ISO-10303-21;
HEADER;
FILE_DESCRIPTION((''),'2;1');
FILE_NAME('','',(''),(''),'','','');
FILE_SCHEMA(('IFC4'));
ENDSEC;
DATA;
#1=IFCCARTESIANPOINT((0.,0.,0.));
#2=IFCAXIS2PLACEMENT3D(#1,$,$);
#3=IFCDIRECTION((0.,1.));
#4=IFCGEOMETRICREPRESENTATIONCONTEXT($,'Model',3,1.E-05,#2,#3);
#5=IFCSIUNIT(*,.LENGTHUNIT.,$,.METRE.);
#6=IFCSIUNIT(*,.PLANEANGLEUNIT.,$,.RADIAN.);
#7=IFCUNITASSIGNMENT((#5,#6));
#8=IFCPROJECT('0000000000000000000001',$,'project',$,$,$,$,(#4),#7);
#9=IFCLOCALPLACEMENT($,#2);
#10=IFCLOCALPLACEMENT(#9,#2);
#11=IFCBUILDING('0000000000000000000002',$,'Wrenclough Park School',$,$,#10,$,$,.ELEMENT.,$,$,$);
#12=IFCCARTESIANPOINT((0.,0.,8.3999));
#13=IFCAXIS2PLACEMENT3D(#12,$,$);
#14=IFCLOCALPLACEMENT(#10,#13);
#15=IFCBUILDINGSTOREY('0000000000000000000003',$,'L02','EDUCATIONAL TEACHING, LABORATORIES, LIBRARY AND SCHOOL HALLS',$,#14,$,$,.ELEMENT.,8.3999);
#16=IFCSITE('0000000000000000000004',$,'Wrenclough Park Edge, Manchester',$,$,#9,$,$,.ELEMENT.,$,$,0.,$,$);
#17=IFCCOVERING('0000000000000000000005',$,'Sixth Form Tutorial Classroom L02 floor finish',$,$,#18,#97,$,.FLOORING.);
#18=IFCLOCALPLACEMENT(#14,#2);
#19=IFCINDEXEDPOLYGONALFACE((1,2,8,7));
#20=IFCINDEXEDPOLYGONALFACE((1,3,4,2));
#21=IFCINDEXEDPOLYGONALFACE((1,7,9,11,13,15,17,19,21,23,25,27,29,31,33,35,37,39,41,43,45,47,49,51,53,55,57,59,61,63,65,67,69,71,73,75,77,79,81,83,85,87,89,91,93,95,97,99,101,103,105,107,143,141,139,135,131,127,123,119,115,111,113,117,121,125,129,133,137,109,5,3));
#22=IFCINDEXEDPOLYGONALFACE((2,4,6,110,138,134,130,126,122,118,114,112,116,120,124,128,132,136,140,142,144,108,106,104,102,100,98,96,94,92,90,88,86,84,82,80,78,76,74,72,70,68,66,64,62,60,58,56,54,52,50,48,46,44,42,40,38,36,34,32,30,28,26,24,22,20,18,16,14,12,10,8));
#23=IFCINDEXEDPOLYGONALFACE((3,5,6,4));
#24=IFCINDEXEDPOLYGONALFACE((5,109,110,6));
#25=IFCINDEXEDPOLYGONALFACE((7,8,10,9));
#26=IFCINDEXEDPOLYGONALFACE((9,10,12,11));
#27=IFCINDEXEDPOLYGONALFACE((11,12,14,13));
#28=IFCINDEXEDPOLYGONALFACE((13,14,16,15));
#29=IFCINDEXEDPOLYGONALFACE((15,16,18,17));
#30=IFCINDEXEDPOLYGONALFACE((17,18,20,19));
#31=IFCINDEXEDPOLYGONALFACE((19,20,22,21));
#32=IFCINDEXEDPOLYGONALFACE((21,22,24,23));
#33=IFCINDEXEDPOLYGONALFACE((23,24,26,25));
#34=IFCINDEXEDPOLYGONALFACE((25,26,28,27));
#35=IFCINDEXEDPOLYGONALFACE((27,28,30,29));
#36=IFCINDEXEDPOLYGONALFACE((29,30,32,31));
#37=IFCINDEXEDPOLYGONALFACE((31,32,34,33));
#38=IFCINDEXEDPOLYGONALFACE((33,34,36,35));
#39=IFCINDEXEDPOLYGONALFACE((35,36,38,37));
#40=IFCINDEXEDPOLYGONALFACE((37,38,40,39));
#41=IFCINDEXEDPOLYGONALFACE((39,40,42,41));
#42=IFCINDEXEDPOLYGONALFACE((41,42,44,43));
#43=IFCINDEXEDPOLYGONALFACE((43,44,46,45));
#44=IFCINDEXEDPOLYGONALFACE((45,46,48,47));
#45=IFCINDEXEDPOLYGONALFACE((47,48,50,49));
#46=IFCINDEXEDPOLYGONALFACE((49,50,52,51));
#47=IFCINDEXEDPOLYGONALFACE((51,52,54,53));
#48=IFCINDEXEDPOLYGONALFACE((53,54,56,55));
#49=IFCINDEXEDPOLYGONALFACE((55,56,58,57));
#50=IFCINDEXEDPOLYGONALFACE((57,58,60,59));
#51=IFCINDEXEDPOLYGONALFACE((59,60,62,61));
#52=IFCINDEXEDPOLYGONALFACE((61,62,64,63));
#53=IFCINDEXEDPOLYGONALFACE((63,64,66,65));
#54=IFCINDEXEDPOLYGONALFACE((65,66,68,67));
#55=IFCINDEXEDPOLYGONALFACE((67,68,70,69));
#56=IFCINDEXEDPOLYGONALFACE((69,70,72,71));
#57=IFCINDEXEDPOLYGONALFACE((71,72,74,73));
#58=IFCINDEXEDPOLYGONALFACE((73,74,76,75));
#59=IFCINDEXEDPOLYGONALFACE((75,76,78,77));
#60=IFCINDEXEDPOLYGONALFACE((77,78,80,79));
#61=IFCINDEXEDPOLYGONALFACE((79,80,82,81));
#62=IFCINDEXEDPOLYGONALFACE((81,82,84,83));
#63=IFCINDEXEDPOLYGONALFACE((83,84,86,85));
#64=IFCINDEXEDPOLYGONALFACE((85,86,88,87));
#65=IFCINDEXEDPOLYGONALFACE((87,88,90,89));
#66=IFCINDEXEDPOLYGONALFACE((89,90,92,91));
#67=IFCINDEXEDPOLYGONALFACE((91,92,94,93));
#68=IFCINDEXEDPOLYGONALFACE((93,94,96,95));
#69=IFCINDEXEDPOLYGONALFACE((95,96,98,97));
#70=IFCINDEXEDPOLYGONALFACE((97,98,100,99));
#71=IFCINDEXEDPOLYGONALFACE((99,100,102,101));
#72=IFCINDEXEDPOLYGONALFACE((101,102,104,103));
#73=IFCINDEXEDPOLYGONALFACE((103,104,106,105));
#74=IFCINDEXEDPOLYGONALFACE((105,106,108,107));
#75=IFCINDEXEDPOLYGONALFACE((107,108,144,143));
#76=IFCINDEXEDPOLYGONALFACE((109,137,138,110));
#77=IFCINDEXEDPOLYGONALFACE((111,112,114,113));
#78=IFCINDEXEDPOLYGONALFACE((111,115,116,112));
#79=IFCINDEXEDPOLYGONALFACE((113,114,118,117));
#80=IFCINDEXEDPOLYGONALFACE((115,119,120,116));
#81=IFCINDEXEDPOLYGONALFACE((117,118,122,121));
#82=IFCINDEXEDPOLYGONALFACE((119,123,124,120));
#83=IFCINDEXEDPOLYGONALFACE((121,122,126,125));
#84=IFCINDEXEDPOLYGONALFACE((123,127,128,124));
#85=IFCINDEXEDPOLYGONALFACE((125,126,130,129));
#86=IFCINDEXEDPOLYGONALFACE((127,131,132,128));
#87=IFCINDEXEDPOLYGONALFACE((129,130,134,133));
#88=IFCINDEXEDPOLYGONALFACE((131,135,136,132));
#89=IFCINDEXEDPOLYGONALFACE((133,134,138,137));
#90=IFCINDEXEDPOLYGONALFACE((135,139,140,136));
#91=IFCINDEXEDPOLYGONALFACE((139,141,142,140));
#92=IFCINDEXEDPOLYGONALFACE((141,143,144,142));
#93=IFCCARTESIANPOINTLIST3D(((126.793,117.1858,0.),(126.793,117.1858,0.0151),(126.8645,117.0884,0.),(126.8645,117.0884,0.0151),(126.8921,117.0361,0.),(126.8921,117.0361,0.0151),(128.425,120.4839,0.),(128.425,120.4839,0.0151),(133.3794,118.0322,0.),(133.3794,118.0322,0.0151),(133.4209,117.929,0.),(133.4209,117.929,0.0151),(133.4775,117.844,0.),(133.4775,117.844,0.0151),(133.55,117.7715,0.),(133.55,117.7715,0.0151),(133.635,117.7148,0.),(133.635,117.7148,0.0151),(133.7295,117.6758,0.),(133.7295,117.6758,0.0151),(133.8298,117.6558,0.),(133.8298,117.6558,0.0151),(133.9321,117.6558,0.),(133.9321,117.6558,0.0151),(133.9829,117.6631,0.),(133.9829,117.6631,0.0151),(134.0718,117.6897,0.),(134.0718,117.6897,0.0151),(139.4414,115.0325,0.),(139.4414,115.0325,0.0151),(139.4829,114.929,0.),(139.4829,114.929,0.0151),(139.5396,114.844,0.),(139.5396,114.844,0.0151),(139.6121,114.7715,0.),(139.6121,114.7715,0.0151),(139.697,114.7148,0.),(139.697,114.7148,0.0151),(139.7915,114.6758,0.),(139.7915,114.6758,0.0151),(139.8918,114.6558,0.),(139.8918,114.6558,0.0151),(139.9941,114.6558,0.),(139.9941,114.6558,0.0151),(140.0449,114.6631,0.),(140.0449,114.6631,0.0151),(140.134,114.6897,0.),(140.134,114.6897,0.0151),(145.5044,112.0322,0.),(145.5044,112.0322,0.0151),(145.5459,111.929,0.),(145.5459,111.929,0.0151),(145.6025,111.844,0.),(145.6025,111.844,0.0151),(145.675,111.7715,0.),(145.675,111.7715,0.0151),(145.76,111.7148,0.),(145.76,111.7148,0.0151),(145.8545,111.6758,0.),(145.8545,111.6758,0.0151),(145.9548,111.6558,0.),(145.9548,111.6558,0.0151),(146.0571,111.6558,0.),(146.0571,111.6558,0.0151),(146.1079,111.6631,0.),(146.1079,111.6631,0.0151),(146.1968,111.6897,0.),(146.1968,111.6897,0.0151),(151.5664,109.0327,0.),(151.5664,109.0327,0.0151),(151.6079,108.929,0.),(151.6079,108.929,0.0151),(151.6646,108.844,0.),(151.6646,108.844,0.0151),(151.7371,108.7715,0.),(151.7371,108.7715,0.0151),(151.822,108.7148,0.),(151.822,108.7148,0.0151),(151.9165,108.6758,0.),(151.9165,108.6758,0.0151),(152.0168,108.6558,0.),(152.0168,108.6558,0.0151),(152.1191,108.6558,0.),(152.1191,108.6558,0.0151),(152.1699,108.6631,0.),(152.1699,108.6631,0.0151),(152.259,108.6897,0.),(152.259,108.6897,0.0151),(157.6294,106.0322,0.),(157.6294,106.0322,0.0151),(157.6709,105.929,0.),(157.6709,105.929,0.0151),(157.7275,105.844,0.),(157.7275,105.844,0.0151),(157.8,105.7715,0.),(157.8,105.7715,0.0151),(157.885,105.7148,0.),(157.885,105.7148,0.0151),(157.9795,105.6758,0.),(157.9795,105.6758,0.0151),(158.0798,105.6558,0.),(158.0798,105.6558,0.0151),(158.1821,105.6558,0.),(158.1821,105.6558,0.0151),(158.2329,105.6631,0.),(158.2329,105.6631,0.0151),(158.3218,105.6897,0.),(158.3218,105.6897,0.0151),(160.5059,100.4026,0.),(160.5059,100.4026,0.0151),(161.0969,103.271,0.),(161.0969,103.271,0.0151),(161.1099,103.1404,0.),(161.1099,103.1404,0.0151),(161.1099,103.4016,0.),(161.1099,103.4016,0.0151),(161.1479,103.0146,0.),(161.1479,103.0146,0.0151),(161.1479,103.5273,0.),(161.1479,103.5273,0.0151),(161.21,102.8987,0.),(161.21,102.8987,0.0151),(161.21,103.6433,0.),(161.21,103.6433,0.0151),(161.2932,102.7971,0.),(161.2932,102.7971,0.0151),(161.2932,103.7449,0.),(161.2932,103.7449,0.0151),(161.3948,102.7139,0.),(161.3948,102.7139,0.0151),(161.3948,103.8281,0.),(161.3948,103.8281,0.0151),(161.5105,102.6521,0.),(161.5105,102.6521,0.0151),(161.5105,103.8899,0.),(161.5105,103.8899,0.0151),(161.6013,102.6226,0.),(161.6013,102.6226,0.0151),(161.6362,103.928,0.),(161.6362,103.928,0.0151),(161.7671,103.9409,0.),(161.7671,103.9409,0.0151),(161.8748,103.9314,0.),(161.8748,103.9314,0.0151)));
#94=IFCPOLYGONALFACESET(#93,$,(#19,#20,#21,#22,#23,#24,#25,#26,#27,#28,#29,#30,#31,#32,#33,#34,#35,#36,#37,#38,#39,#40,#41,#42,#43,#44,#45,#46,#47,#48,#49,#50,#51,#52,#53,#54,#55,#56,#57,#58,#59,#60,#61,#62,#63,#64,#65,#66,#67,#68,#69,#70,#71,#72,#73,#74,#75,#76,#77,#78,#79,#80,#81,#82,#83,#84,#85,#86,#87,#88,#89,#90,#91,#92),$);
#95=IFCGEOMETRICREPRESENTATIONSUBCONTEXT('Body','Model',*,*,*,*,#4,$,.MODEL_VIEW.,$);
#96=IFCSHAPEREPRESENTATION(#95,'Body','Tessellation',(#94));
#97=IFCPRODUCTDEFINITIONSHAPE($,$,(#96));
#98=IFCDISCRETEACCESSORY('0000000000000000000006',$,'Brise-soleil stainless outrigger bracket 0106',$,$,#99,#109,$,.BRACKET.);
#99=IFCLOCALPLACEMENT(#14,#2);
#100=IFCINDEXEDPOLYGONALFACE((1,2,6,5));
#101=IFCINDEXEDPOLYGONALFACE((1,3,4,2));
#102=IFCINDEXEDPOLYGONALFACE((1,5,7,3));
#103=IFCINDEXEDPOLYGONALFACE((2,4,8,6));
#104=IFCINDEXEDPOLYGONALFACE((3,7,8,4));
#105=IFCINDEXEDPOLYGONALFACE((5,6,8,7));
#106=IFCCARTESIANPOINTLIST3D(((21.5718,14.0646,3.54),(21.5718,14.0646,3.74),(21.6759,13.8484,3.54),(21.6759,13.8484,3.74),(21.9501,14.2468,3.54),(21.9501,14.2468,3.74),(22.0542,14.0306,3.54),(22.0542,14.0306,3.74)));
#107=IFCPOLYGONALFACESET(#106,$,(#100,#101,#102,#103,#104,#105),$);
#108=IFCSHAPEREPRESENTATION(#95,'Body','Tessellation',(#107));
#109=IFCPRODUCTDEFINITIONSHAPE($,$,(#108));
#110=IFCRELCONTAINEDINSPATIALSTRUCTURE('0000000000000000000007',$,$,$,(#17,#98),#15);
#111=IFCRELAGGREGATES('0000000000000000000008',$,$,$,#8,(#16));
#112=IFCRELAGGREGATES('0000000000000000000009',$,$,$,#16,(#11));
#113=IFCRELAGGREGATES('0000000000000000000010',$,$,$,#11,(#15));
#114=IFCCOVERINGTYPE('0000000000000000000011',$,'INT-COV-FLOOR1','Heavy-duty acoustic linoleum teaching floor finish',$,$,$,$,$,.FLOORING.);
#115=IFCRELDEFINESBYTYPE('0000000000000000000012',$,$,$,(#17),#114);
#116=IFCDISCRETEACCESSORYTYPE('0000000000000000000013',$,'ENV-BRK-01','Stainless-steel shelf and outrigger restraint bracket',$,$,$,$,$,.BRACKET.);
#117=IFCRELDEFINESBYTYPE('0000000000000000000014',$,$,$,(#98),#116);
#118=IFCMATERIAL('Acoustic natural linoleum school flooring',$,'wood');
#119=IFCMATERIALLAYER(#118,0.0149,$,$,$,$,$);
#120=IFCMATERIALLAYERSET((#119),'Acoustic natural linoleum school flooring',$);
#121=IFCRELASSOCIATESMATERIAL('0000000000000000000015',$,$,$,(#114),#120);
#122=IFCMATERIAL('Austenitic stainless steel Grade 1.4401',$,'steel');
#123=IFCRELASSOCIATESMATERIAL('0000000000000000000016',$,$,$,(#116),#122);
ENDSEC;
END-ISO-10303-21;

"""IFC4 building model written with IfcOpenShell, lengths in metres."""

from ifc_helpers import new_model, si_unit, direction, frame, origin, origin_2d, place, context, subcontext, project, spatial, polyline, rectangle, outline, extrude, material, layer, layer_set, type_object, element, save


model = new_model("IFC4")

# Units and contexts
model_context = context("Model", 3, precision=1e-05, world=origin(), true_north=direction((0.0, 1.0)))
body_context = subcontext(model_context, "Body", "Model", "MODEL_VIEW")
ifc_project = project(units=[si_unit("LENGTHUNIT", "METRE"), si_unit("PLANEANGLEUNIT", "RADIAN")], contexts=[model_context])

# Site, building, storey
site_placement = place(None, origin())
site = spatial("IfcSite", under=ifc_project, at=site_placement, Name="Wrenclough Park Edge, Manchester", CompositionType="ELEMENT", RefElevation=0.0)
building_placement = place(site_placement, origin())
building = spatial("IfcBuilding", under=site, at=building_placement, Name="Wrenclough Park School", CompositionType="ELEMENT")
storey_placement = place(building_placement, frame((0.0, 0.0, 8.3999)))
storey = spatial("IfcBuildingStorey", under=building, at=storey_placement, Name="L02", Description="EDUCATIONAL TEACHING, LABORATORIES, LIBRARY AND SCHOOL HALLS", CompositionType="ELEMENT", Elevation=8.3999)

# Covering
ifc_material_1 = material(Name="Acoustic natural linoleum school flooring", Category="wood")
ifc_layer_1 = layer(ifc_material_1, 0.0149)
ifc_layer_set_1 = layer_set([ifc_layer_1], Name="Acoustic natural linoleum school flooring")
covering_type_1 = type_object("IfcCoveringType", Name="INT-COV-FLOOR1", Description="Heavy-duty acoustic linoleum teaching floor finish", PredefinedType="FLOORING", material=ifc_layer_set_1)
covering_1_placement = place(storey_placement, origin())
element("IfcCovering", 1, at=covering_1_placement, inside=storey, type_object=covering_type_1, Name="Sixth Form Tutorial Classroom L02 floor finish", PredefinedType="FLOORING", context=body_context, shape_type="SweptSolid", body=[
    extrude(outline(polyline([(126.8645, 117.0884), (126.8921, 117.0361), (160.5059, 100.4026), (161.6013, 102.6226), (161.5105, 102.6521), (161.3948, 102.7139), (161.2932, 102.7971), (161.21, 102.8987), (161.1479, 103.0146), (161.1099, 103.1404), (161.0969, 103.271), (161.1099, 103.4016), (161.1479, 103.5273), (161.21, 103.6433), (161.2932, 103.7449), (161.3948, 103.8281), (161.5105, 103.8899), (161.6362, 103.928), (161.7671, 103.9409), (161.8748, 103.9314), (158.3218, 105.6897), (158.2329, 105.6631), (158.1821, 105.6558), (158.0798, 105.6558), (157.9795, 105.6758), (157.885, 105.7148), (157.8, 105.7715), (157.7275, 105.844), (157.6709, 105.929), (157.6294, 106.0322), (152.259, 108.6897), (152.1699, 108.6631), (152.1191, 108.6558), (152.0168, 108.6558), (151.9165, 108.6758), (151.822, 108.7148), (151.7371, 108.7715), (151.6646, 108.844), (151.6079, 108.929), (151.5664, 109.0327), (146.1968, 111.6897), (146.1079, 111.6631), (146.0571, 111.6558), (145.9548, 111.6558), (145.8545, 111.6758), (145.76, 111.7148), (145.675, 111.7715), (145.6025, 111.844), (145.5459, 111.929), (145.5044, 112.0322), (140.134, 114.6897), (140.0449, 114.6631), (139.9941, 114.6558), (139.8918, 114.6558), (139.7915, 114.6758), (139.697, 114.7148), (139.6121, 114.7715), (139.5396, 114.844), (139.4829, 114.929), (139.4414, 115.0325), (134.0718, 117.6897), (133.9829, 117.6631), (133.9321, 117.6558), (133.8298, 117.6558), (133.7295, 117.6758), (133.635, 117.7148), (133.55, 117.7715), (133.4775, 117.844), (133.4209, 117.929), (133.3794, 118.0322), (128.425, 120.4839), (126.793, 117.1858), (126.8645, 117.0884)])), origin(), (0.0, 0.0, 1.0), 0.0151),
])

# Discrete accessory
ifc_material_2 = material(Name="Austenitic stainless steel Grade 1.4401", Category="steel")
discrete_accessory_type = type_object("IfcDiscreteAccessoryType", Name="ENV-BRK-01", Description="Stainless-steel shelf and outrigger restraint bracket", PredefinedType="BRACKET", material=ifc_material_2)
discrete_accessory_placement = place(storey_placement, frame((21.813, 14.0476, 3.54), z_axis=(0.0, 0.0, 1.0), x_axis=(0.433883, -0.900969, 0.0)))
element("IfcDiscreteAccessory", 2, at=discrete_accessory_placement, inside=storey, type_object=discrete_accessory_type, Name="Brise-soleil stainless outrigger bracket 0106", PredefinedType="BRACKET", context=body_context, shape_type="SweptSolid", body=[
    extrude(rectangle(XDim=0.24, YDim=0.4199, at=origin_2d()), origin(), (0.0, 0.0, 1.0), 0.2),
])

save(model, "model.ifc")
